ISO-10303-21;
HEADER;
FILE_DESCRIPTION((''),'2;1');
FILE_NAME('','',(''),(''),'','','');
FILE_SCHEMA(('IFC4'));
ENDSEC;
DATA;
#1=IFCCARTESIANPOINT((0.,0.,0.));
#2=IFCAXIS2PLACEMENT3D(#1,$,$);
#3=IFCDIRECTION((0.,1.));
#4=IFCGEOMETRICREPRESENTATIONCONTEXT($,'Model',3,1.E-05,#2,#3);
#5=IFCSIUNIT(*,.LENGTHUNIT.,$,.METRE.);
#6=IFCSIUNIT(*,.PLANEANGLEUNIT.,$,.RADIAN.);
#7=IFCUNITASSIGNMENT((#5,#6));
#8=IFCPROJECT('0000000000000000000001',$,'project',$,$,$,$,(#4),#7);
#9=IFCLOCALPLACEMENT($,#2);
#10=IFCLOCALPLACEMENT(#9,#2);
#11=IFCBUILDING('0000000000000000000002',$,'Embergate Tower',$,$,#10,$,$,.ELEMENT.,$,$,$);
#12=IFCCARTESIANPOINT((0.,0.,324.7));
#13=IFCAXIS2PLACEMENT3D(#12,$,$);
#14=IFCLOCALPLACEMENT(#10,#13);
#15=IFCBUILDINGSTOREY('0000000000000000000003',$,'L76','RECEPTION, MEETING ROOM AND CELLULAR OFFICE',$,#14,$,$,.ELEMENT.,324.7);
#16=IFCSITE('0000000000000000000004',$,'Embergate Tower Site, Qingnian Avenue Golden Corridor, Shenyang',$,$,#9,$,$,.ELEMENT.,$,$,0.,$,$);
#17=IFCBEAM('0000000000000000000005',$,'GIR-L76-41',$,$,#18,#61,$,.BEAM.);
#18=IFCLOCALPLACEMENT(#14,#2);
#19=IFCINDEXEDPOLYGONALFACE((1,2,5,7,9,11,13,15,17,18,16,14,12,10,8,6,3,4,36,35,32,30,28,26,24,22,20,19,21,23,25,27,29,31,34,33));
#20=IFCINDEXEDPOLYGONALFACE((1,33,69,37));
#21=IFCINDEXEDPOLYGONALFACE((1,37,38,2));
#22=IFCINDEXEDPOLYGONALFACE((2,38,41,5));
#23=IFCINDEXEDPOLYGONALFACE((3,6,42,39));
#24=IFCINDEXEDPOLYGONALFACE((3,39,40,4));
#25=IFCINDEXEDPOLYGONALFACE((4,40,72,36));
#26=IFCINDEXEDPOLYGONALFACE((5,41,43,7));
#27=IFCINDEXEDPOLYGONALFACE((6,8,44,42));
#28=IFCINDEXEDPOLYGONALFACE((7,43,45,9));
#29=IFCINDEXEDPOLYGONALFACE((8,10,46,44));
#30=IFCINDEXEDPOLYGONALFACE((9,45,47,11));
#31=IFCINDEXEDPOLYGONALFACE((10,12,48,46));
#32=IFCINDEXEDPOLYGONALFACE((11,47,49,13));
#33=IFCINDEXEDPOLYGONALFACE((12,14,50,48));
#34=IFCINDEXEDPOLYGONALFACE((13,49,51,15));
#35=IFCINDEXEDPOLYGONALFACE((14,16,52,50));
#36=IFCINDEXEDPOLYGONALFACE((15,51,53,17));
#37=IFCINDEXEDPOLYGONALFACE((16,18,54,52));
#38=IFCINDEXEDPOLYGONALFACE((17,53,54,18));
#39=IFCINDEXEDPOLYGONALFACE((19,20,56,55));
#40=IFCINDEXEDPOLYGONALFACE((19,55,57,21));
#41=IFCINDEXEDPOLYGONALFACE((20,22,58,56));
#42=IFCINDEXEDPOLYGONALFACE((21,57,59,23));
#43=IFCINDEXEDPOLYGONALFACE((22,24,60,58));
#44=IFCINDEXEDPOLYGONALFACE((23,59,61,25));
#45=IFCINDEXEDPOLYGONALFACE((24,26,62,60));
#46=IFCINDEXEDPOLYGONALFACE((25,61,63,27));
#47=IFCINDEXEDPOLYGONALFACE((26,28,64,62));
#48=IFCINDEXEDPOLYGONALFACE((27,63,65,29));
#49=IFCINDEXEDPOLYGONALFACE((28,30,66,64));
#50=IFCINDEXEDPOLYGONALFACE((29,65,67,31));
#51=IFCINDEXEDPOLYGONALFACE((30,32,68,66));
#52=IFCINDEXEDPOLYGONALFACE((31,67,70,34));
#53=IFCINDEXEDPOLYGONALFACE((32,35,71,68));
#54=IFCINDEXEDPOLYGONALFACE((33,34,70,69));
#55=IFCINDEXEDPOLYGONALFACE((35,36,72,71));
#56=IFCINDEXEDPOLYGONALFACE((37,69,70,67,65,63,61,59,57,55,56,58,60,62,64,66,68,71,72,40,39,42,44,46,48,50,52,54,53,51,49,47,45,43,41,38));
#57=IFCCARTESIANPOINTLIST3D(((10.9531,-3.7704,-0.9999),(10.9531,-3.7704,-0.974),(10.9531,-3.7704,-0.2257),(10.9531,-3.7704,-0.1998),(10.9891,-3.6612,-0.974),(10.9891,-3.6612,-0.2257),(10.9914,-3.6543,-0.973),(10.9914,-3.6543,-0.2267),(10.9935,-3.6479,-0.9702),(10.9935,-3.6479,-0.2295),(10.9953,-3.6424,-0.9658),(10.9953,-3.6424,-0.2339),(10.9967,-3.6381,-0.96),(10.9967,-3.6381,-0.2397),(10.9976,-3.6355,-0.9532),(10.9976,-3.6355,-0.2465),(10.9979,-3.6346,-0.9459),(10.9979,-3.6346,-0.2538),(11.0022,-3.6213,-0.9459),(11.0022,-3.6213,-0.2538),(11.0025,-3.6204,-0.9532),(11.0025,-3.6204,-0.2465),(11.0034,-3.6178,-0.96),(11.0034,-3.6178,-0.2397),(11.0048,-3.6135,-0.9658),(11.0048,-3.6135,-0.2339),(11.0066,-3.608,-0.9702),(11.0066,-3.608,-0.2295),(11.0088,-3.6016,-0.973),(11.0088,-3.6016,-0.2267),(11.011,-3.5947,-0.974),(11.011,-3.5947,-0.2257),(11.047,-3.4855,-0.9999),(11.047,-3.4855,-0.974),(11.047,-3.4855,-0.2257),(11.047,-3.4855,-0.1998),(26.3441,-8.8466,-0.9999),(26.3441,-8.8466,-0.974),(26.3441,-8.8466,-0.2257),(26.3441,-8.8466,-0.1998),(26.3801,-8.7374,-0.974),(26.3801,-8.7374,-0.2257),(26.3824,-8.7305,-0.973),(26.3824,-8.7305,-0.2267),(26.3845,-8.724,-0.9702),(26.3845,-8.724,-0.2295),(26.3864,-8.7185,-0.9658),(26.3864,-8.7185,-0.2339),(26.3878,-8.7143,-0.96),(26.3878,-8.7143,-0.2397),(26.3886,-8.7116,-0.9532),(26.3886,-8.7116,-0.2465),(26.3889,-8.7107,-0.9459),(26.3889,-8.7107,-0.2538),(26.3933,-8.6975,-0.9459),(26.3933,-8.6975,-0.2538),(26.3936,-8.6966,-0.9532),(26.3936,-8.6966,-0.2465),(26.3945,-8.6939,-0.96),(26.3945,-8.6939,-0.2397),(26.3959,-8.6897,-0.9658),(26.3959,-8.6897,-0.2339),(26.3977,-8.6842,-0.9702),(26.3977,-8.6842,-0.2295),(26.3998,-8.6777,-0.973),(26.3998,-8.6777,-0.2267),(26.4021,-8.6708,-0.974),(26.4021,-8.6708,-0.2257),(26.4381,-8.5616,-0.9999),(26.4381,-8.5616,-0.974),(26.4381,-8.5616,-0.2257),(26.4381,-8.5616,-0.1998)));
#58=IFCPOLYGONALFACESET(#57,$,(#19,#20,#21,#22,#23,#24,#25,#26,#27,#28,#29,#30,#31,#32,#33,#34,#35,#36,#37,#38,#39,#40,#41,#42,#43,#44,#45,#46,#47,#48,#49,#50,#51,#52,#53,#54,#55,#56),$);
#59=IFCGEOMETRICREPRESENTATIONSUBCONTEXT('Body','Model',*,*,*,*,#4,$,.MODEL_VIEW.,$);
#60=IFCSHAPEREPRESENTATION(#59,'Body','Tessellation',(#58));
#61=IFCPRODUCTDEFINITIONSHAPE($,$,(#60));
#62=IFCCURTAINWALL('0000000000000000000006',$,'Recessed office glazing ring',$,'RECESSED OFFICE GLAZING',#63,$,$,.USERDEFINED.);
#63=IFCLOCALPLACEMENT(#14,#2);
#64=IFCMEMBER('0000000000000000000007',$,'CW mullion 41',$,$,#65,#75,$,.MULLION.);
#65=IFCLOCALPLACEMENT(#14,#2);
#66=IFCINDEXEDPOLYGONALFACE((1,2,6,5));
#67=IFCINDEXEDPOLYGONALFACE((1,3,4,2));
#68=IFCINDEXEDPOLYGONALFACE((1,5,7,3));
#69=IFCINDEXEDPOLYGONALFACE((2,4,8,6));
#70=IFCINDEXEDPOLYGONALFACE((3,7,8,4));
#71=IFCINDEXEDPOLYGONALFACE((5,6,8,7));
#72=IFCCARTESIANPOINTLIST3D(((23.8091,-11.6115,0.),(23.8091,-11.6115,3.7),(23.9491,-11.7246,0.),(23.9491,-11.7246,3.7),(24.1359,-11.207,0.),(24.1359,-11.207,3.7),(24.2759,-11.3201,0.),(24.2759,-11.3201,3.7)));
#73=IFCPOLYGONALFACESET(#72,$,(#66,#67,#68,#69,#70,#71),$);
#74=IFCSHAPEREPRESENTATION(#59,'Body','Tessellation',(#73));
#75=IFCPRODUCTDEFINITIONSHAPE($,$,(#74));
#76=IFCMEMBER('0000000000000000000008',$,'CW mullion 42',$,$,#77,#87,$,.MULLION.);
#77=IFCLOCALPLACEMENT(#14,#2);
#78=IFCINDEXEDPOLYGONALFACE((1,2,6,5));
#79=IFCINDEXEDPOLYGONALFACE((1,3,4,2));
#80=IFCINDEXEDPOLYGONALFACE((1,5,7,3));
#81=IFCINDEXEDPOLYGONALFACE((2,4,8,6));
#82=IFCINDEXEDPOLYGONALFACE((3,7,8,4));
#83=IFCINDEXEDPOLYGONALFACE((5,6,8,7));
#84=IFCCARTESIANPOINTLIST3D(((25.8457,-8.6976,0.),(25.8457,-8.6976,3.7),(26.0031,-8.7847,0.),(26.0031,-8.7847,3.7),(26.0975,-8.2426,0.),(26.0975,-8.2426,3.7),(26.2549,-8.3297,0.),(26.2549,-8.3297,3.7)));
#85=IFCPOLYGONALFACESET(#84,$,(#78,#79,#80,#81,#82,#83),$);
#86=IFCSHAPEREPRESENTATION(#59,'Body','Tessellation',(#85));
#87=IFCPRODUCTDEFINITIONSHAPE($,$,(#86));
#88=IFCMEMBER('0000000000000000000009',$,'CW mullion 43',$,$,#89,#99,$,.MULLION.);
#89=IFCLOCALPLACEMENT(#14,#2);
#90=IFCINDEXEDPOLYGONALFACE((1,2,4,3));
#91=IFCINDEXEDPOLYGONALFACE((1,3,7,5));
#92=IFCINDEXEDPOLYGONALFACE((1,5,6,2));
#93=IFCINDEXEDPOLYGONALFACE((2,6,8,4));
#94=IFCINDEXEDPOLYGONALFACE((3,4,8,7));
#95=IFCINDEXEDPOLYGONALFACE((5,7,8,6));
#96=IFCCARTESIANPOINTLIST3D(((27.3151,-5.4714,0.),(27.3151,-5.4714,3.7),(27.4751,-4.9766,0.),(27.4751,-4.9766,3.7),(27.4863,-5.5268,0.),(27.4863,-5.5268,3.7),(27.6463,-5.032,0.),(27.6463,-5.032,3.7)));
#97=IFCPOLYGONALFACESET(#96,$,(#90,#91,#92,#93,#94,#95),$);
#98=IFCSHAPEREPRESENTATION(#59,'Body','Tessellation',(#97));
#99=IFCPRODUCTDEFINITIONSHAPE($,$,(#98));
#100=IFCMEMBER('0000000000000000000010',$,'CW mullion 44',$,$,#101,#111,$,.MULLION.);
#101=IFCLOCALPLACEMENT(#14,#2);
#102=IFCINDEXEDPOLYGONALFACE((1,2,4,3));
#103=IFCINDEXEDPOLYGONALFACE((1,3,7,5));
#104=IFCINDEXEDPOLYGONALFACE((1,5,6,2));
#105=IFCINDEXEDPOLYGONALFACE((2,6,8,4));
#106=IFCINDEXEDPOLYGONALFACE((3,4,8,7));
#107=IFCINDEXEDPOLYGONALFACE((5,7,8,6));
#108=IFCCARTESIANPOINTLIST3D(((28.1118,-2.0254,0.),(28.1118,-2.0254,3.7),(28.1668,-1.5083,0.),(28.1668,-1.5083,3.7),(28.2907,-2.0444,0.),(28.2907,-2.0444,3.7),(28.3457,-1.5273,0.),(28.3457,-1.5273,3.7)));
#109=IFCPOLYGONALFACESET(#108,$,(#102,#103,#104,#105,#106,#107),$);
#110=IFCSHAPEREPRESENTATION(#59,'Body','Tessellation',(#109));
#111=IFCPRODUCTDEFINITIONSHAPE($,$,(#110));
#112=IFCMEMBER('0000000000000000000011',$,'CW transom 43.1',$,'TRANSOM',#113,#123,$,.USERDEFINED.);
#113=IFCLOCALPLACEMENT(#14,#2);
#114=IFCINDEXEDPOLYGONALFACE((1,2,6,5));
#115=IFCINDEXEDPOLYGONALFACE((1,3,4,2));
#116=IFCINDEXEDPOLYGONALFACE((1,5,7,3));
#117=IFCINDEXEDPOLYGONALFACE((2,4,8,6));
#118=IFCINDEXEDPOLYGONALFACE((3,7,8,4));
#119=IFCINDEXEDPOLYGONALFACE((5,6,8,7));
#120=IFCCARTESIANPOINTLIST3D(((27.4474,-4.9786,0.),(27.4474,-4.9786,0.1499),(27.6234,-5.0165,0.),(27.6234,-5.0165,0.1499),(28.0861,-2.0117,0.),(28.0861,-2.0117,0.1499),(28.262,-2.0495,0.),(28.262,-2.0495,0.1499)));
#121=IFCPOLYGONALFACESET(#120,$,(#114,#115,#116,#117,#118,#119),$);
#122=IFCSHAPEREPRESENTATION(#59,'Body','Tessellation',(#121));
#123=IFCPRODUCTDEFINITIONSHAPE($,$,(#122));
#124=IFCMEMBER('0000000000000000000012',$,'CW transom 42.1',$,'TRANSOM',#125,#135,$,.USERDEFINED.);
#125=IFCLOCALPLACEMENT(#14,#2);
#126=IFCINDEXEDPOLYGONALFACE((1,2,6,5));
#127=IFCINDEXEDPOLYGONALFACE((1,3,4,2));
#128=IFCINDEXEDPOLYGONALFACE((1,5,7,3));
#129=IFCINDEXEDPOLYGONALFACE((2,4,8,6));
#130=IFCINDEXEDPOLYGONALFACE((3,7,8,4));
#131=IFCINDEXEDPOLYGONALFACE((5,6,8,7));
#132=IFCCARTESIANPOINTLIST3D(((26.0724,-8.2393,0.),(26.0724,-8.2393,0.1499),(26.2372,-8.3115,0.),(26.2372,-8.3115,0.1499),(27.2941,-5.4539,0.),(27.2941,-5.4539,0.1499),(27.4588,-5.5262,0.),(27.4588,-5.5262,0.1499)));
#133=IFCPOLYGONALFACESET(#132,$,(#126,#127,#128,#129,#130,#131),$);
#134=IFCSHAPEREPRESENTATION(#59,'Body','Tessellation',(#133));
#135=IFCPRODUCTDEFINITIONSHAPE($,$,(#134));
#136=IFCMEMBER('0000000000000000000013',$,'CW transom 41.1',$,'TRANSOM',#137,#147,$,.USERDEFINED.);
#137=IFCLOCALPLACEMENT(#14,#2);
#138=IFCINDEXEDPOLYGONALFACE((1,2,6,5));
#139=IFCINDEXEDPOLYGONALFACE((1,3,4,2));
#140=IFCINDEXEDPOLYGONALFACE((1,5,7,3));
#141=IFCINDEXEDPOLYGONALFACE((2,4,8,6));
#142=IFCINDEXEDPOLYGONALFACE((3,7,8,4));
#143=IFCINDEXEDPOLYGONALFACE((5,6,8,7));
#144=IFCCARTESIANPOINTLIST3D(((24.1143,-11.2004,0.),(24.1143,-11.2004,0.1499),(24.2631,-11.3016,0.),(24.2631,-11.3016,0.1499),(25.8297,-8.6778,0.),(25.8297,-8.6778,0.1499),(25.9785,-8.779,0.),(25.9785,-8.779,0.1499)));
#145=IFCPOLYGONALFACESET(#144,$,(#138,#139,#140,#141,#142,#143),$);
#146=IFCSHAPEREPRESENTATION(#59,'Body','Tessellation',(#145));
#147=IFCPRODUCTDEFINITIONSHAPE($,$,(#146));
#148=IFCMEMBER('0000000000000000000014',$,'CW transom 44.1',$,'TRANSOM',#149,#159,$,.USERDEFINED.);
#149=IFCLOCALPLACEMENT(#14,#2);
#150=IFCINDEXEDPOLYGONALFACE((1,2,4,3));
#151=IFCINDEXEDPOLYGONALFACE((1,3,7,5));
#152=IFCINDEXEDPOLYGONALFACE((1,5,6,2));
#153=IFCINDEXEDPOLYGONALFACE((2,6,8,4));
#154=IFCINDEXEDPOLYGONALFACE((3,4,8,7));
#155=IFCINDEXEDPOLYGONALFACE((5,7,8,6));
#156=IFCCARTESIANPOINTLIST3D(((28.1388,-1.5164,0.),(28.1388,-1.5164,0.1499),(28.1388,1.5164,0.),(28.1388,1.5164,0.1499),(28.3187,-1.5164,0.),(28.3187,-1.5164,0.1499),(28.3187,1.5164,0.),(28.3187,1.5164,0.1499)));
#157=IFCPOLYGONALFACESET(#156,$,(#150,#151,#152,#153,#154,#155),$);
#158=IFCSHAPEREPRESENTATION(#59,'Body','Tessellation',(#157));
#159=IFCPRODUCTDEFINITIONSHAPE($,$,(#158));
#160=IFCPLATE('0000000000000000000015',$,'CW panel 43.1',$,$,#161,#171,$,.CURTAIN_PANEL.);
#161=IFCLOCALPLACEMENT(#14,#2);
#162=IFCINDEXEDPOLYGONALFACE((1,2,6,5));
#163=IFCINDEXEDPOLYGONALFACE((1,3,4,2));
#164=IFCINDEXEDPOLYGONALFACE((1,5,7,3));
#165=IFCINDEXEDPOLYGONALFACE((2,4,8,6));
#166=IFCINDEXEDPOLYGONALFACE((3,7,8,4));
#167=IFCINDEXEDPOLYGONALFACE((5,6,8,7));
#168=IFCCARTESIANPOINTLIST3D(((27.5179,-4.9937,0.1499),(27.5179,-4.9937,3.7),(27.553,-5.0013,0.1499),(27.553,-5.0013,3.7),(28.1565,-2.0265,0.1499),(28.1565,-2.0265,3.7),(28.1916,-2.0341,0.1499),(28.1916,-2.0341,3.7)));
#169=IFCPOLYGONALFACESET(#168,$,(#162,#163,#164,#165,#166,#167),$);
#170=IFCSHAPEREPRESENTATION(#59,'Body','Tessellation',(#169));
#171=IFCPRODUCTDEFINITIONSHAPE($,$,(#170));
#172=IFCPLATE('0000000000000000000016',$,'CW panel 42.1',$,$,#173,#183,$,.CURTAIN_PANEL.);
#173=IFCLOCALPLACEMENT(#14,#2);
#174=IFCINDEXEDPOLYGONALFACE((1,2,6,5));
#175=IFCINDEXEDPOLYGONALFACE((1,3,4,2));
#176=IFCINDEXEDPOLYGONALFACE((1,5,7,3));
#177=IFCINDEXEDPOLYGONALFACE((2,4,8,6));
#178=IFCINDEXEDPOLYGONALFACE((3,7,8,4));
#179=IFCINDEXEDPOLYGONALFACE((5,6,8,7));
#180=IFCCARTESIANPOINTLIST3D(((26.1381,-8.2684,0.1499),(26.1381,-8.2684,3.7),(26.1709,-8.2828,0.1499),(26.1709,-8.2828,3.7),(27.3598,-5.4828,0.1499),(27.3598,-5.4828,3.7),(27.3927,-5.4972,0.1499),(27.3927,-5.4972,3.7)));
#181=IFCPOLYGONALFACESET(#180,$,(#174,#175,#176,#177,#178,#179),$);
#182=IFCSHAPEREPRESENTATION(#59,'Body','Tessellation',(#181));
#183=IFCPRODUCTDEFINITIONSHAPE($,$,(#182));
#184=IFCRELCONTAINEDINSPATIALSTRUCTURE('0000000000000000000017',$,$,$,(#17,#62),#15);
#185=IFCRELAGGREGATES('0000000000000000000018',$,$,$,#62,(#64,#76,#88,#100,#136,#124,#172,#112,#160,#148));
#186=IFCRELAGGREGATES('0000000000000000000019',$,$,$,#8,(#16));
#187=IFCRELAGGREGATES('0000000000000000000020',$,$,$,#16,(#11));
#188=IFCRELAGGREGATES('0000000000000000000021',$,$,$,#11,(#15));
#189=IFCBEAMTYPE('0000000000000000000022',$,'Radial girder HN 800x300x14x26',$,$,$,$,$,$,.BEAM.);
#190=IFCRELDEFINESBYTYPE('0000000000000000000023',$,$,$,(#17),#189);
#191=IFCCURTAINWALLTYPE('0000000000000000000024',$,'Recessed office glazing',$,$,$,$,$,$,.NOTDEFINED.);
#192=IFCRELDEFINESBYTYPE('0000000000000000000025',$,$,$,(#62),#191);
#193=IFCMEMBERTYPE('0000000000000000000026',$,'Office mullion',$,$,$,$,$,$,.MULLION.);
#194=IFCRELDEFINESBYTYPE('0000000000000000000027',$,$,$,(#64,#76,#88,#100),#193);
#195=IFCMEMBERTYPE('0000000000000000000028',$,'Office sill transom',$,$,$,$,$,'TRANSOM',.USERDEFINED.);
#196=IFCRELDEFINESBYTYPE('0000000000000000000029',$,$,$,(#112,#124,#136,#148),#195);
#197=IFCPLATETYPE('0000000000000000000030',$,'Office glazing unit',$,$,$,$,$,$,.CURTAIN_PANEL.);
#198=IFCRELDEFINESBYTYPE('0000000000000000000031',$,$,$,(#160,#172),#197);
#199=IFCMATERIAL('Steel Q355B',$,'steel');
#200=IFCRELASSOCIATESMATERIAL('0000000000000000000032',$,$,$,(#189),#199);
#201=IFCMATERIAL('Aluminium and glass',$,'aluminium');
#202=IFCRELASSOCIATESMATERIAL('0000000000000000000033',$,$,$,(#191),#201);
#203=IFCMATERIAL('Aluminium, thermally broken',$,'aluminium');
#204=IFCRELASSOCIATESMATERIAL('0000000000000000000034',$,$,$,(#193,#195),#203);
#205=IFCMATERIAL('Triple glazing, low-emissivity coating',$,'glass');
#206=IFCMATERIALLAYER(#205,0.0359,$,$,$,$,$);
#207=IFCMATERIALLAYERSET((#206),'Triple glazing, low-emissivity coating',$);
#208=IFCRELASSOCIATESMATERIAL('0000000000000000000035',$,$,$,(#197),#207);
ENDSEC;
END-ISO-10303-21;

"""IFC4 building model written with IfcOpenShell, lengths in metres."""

from ifc_helpers import new_model, si_unit, direction, frame, origin, origin_2d, place, context, subcontext, project, spatial, rectangle, i_section, extrude, source, transform, mapped, material, layer, layer_set, material_profile, profile_set, type_object, element, aggregate, save


model = new_model("IFC4")

# Units and contexts
model_context = context("Model", 3, precision=1e-05, world=origin(), true_north=direction((0.0, 1.0)))
body_context = subcontext(model_context, "Body", "Model", "MODEL_VIEW")
ifc_project = project(units=[si_unit("LENGTHUNIT", "METRE"), si_unit("PLANEANGLEUNIT", "RADIAN")], contexts=[model_context])

# Site, building, storey
site_placement = place(None, origin())
site = spatial("IfcSite", under=ifc_project, at=site_placement, Name="Embergate Tower Site, Qingnian Avenue Golden Corridor, Shenyang", CompositionType="ELEMENT", RefElevation=0.0)
building_placement = place(site_placement, origin())
building = spatial("IfcBuilding", under=site, at=building_placement, Name="Embergate Tower", CompositionType="ELEMENT")
storey_placement = place(building_placement, frame((0.0, 0.0, 324.7)))
storey = spatial("IfcBuildingStorey", under=building, at=storey_placement, Name="L76", Description="RECEPTION, MEETING ROOM AND CELLULAR OFFICE", CompositionType="ELEMENT", Elevation=324.7)

# Beam
ifc_material_1 = material(Name="Steel Q355B", Category="steel")
ifc_material_profile_1 = material_profile(ifc_material_1, i_section(OverallWidth=0.3, OverallDepth=0.8, WebThickness=0.0139, FlangeThickness=0.0259, FilletRadius=0.0281, at=origin_2d()), Name="HN 800x300x14x26")
ifc_profile_set_1 = profile_set([ifc_material_profile_1], Name="Steel Q355 grade B")
beam_type_1 = type_object("IfcBeamType", Name="Radial girder HN 800x300x14x26", PredefinedType="BEAM", material=ifc_profile_set_1)
shared_shape_1 = source(origin(), body_context, "Body", "SweptSolid", [
    extrude(i_section(OverallWidth=0.3, OverallDepth=0.8, WebThickness=0.0139, FlangeThickness=0.0259, FilletRadius=0.0281, at=origin_2d()), origin(), (0.0, 0.0, 1.0), 16.2065),
])
beam_1_placement = place(storey_placement, frame((26.3911, -8.7041, -0.5999), z_axis=(-0.949682, 0.313216, 0.0), x_axis=(-0.313216, -0.949682, 0.0)))
element("IfcBeam", 1, at=beam_1_placement, inside=storey, type_object=beam_type_1, Name="GIR-L76-41", PredefinedType="BEAM", context=body_context, shape_type="MappedRepresentation", body=[
    mapped(shared_shape_1, transform((0.0, 0.0, 0.0))),
])

# Curtain wall, members, plates
ifc_material_2 = material(Name="Aluminium and glass", Category="aluminium")
curtain_wall_type = type_object("IfcCurtainWallType", Name="Recessed office glazing", PredefinedType="NOTDEFINED", material=ifc_material_2)
curtain_wall_placement = place(storey_placement, origin())
curtain_wall = element("IfcCurtainWall", 2, at=curtain_wall_placement, inside=storey, type_object=curtain_wall_type, Name="Recessed office glazing ring", ObjectType="RECESSED OFFICE GLAZING", PredefinedType="USERDEFINED")
ifc_material_3 = material(Name="Aluminium, thermally broken", Category="aluminium")
ifc_material_profile_2 = material_profile(ifc_material_3, rectangle(XDim=0.1799, YDim=0.52, at=origin_2d()), Name="AL 520x180")
ifc_profile_set_2 = profile_set([ifc_material_profile_2], Name="Aluminium, thermally broken")
member_type_1 = type_object("IfcMemberType", Name="Office mullion", PredefinedType="MULLION", material=ifc_profile_set_2)
shared_shape_2 = source(origin(), body_context, "Body", "SweptSolid", [
    extrude(rectangle(XDim=0.1799, YDim=0.52, at=origin_2d()), origin(), (0.0, 0.0, 1.0), 3.7),
])
member_1_placement = place(storey_placement, frame((24.0425, -11.4658, 0.0), z_axis=(0.0, 0.0, 1.0), x_axis=(-0.777862, 0.628436, 0.0)))
member_1 = element("IfcMember", 3, at=member_1_placement, type_object=member_type_1, Name="CW mullion 41", PredefinedType="MULLION", context=body_context, shape_type="MappedRepresentation", body=[
    mapped(shared_shape_2, transform((0.0, 0.0, 0.0))),
])
member_2_placement = place(storey_placement, frame((26.0503, -8.5137, 0.0), z_axis=(0.0, 0.0, 1.0), x_axis=(-0.874991, 0.484139, 0.0)))
member_2 = element("IfcMember", 4, at=member_2_placement, type_object=member_type_1, Name="CW mullion 42", PredefinedType="MULLION", context=body_context, shape_type="MappedRepresentation", body=[
    mapped(shared_shape_2, transform((0.0, 0.0, 0.0))),
])
member_3_placement = place(storey_placement, frame((27.4807, -5.2517, 0.0), z_axis=(0.0, 0.0, 1.0), x_axis=(-0.951492, 0.307674, 0.0)))
member_3 = element("IfcMember", 5, at=member_3_placement, type_object=member_type_1, Name="CW mullion 43", PredefinedType="MULLION", context=body_context, shape_type="MappedRepresentation", body=[
    mapped(shared_shape_2, transform((0.0, 0.0, 0.0))),
])
member_4_placement = place(storey_placement, frame((28.2288, -1.7764, 0.0), z_axis=(0.0, 0.0, 1.0), x_axis=(-0.994384, 0.105832, 0.0)))
member_4 = element("IfcMember", 6, at=member_4_placement, type_object=member_type_1, Name="CW mullion 44", PredefinedType="MULLION", context=body_context, shape_type="MappedRepresentation", body=[
    mapped(shared_shape_2, transform((0.0, 0.0, 0.0))),
])
ifc_material_profile_3 = material_profile(ifc_material_3, rectangle(XDim=0.1799, YDim=0.1499, at=origin_2d()), Name="AL 150x180")
ifc_profile_set_3 = profile_set([ifc_material_profile_3], Name="Aluminium, thermally broken")
member_type_2 = type_object("IfcMemberType", Name="Office sill transom", ElementType="TRANSOM", PredefinedType="USERDEFINED", material=ifc_profile_set_3)
shared_shape_3 = source(origin(), body_context, "Body", "SweptSolid", [
    extrude(rectangle(XDim=0.1799, YDim=0.1499, at=origin_2d()), origin(), (0.0, 0.0, 1.0), 3.0349),
])
member_5_placement = place(storey_placement, frame((27.5354, -4.9976, 0.075), z_axis=(0.210435, 0.977608, 0.0), x_axis=(-0.977608, 0.210435, 0.0)))
member_5 = element("IfcMember", 7, at=member_5_placement, type_object=member_type_2, Name="CW transom 43.1", ObjectType="TRANSOM", PredefinedType="USERDEFINED", context=body_context, shape_type="MappedRepresentation", body=[
    mapped(shared_shape_3, transform((0.0, 0.0, 0.0))),
])
shared_shape_4 = source(origin(), body_context, "Body", "SweptSolid", [
    extrude(rectangle(XDim=0.1799, YDim=0.1499, at=origin_2d()), origin(), (0.0, 0.0, 1.0), 3.0415),
])
member_6_placement = place(storey_placement, frame((26.1548, -8.2754, 0.075), z_axis=(0.401665, 0.915787, 0.0), x_axis=(-0.915787, 0.401665, 0.0)))
member_6 = element("IfcMember", 8, at=member_6_placement, type_object=member_type_2, Name="CW transom 42.1", ObjectType="TRANSOM", PredefinedType="USERDEFINED", context=body_context, shape_type="MappedRepresentation", body=[
    mapped(shared_shape_4, transform((0.0, 0.0, 0.0))),
])
shared_shape_5 = source(origin(), body_context, "Body", "SweptSolid", [
    extrude(rectangle(XDim=0.1799, YDim=0.1499, at=origin_2d()), origin(), (0.0, 0.0, 1.0), 3.0505),
])
member_7_placement = place(storey_placement, frame((24.1887, -11.251, 0.075), z_axis=(0.562323, 0.826918, 0.0), x_axis=(-0.826918, 0.562323, 0.0)))
member_7 = element("IfcMember", 9, at=member_7_placement, type_object=member_type_2, Name="CW transom 41.1", ObjectType="TRANSOM", PredefinedType="USERDEFINED", context=body_context, shape_type="MappedRepresentation", body=[
    mapped(shared_shape_5, transform((0.0, 0.0, 0.0))),
])
shared_shape_6 = source(origin(), body_context, "Body", "SweptSolid", [
    extrude(rectangle(XDim=0.1799, YDim=0.1499, at=origin_2d()), origin(), (0.0, 0.0, 1.0), 3.0327),
])
member_8_placement = place(storey_placement, frame((28.2288, -1.5164, 0.075), z_axis=(0.0, 1.0, 0.0), x_axis=(-1.0, 0.0, 0.0)))
member_8 = element("IfcMember", 10, at=member_8_placement, type_object=member_type_2, Name="CW transom 44.1", ObjectType="TRANSOM", PredefinedType="USERDEFINED", context=body_context, shape_type="MappedRepresentation", body=[
    mapped(shared_shape_6, transform((0.0, 0.0, 0.0))),
])
ifc_material_4 = material(Name="Triple glazing, low-emissivity coating", Category="glass")
ifc_layer_1 = layer(ifc_material_4, 0.0359)
ifc_layer_set_1 = layer_set([ifc_layer_1], Name="Triple glazing, low-emissivity coating")
plate_type = type_object("IfcPlateType", Name="Office glazing unit", PredefinedType="CURTAIN_PANEL", material=ifc_layer_set_1)
shared_shape_7 = source(origin(), body_context, "Body", "SweptSolid", [
    extrude(rectangle(XDim=3.0352, YDim=0.0359, at=origin_2d()), origin(), (0.0, 0.0, 1.0), 3.55),
])
plate_1_placement = place(storey_placement, frame((27.8547, -3.5139, 0.1499), z_axis=(0.0, 0.0, 1.0), x_axis=(0.2104, 0.977615, 0.0)))
plate_1 = element("IfcPlate", 11, at=plate_1_placement, type_object=plate_type, Name="CW panel 43.1", PredefinedType="CURTAIN_PANEL", context=body_context, shape_type="MappedRepresentation", body=[
    mapped(shared_shape_7, transform((0.0, 0.0, 0.0))),
])
shared_shape_8 = source(origin(), body_context, "Body", "SweptSolid", [
    extrude(rectangle(XDim=3.0417, YDim=0.0359, at=origin_2d()), origin(), (0.0, 0.0, 1.0), 3.55),
])
plate_2_placement = place(storey_placement, frame((26.7654, -6.8828, 0.1499), z_axis=(0.0, 0.0, 1.0), x_axis=(0.401654, 0.915792, 0.0)))
plate_2 = element("IfcPlate", 12, at=plate_2_placement, type_object=plate_type, Name="CW panel 42.1", PredefinedType="CURTAIN_PANEL", context=body_context, shape_type="MappedRepresentation", body=[
    mapped(shared_shape_8, transform((0.0, 0.0, 0.0))),
])
aggregate(curtain_wall, [member_1, member_2, member_3, member_4, member_7, member_6, plate_2, member_5, plate_1, member_8])

save(model, "model.ifc")
